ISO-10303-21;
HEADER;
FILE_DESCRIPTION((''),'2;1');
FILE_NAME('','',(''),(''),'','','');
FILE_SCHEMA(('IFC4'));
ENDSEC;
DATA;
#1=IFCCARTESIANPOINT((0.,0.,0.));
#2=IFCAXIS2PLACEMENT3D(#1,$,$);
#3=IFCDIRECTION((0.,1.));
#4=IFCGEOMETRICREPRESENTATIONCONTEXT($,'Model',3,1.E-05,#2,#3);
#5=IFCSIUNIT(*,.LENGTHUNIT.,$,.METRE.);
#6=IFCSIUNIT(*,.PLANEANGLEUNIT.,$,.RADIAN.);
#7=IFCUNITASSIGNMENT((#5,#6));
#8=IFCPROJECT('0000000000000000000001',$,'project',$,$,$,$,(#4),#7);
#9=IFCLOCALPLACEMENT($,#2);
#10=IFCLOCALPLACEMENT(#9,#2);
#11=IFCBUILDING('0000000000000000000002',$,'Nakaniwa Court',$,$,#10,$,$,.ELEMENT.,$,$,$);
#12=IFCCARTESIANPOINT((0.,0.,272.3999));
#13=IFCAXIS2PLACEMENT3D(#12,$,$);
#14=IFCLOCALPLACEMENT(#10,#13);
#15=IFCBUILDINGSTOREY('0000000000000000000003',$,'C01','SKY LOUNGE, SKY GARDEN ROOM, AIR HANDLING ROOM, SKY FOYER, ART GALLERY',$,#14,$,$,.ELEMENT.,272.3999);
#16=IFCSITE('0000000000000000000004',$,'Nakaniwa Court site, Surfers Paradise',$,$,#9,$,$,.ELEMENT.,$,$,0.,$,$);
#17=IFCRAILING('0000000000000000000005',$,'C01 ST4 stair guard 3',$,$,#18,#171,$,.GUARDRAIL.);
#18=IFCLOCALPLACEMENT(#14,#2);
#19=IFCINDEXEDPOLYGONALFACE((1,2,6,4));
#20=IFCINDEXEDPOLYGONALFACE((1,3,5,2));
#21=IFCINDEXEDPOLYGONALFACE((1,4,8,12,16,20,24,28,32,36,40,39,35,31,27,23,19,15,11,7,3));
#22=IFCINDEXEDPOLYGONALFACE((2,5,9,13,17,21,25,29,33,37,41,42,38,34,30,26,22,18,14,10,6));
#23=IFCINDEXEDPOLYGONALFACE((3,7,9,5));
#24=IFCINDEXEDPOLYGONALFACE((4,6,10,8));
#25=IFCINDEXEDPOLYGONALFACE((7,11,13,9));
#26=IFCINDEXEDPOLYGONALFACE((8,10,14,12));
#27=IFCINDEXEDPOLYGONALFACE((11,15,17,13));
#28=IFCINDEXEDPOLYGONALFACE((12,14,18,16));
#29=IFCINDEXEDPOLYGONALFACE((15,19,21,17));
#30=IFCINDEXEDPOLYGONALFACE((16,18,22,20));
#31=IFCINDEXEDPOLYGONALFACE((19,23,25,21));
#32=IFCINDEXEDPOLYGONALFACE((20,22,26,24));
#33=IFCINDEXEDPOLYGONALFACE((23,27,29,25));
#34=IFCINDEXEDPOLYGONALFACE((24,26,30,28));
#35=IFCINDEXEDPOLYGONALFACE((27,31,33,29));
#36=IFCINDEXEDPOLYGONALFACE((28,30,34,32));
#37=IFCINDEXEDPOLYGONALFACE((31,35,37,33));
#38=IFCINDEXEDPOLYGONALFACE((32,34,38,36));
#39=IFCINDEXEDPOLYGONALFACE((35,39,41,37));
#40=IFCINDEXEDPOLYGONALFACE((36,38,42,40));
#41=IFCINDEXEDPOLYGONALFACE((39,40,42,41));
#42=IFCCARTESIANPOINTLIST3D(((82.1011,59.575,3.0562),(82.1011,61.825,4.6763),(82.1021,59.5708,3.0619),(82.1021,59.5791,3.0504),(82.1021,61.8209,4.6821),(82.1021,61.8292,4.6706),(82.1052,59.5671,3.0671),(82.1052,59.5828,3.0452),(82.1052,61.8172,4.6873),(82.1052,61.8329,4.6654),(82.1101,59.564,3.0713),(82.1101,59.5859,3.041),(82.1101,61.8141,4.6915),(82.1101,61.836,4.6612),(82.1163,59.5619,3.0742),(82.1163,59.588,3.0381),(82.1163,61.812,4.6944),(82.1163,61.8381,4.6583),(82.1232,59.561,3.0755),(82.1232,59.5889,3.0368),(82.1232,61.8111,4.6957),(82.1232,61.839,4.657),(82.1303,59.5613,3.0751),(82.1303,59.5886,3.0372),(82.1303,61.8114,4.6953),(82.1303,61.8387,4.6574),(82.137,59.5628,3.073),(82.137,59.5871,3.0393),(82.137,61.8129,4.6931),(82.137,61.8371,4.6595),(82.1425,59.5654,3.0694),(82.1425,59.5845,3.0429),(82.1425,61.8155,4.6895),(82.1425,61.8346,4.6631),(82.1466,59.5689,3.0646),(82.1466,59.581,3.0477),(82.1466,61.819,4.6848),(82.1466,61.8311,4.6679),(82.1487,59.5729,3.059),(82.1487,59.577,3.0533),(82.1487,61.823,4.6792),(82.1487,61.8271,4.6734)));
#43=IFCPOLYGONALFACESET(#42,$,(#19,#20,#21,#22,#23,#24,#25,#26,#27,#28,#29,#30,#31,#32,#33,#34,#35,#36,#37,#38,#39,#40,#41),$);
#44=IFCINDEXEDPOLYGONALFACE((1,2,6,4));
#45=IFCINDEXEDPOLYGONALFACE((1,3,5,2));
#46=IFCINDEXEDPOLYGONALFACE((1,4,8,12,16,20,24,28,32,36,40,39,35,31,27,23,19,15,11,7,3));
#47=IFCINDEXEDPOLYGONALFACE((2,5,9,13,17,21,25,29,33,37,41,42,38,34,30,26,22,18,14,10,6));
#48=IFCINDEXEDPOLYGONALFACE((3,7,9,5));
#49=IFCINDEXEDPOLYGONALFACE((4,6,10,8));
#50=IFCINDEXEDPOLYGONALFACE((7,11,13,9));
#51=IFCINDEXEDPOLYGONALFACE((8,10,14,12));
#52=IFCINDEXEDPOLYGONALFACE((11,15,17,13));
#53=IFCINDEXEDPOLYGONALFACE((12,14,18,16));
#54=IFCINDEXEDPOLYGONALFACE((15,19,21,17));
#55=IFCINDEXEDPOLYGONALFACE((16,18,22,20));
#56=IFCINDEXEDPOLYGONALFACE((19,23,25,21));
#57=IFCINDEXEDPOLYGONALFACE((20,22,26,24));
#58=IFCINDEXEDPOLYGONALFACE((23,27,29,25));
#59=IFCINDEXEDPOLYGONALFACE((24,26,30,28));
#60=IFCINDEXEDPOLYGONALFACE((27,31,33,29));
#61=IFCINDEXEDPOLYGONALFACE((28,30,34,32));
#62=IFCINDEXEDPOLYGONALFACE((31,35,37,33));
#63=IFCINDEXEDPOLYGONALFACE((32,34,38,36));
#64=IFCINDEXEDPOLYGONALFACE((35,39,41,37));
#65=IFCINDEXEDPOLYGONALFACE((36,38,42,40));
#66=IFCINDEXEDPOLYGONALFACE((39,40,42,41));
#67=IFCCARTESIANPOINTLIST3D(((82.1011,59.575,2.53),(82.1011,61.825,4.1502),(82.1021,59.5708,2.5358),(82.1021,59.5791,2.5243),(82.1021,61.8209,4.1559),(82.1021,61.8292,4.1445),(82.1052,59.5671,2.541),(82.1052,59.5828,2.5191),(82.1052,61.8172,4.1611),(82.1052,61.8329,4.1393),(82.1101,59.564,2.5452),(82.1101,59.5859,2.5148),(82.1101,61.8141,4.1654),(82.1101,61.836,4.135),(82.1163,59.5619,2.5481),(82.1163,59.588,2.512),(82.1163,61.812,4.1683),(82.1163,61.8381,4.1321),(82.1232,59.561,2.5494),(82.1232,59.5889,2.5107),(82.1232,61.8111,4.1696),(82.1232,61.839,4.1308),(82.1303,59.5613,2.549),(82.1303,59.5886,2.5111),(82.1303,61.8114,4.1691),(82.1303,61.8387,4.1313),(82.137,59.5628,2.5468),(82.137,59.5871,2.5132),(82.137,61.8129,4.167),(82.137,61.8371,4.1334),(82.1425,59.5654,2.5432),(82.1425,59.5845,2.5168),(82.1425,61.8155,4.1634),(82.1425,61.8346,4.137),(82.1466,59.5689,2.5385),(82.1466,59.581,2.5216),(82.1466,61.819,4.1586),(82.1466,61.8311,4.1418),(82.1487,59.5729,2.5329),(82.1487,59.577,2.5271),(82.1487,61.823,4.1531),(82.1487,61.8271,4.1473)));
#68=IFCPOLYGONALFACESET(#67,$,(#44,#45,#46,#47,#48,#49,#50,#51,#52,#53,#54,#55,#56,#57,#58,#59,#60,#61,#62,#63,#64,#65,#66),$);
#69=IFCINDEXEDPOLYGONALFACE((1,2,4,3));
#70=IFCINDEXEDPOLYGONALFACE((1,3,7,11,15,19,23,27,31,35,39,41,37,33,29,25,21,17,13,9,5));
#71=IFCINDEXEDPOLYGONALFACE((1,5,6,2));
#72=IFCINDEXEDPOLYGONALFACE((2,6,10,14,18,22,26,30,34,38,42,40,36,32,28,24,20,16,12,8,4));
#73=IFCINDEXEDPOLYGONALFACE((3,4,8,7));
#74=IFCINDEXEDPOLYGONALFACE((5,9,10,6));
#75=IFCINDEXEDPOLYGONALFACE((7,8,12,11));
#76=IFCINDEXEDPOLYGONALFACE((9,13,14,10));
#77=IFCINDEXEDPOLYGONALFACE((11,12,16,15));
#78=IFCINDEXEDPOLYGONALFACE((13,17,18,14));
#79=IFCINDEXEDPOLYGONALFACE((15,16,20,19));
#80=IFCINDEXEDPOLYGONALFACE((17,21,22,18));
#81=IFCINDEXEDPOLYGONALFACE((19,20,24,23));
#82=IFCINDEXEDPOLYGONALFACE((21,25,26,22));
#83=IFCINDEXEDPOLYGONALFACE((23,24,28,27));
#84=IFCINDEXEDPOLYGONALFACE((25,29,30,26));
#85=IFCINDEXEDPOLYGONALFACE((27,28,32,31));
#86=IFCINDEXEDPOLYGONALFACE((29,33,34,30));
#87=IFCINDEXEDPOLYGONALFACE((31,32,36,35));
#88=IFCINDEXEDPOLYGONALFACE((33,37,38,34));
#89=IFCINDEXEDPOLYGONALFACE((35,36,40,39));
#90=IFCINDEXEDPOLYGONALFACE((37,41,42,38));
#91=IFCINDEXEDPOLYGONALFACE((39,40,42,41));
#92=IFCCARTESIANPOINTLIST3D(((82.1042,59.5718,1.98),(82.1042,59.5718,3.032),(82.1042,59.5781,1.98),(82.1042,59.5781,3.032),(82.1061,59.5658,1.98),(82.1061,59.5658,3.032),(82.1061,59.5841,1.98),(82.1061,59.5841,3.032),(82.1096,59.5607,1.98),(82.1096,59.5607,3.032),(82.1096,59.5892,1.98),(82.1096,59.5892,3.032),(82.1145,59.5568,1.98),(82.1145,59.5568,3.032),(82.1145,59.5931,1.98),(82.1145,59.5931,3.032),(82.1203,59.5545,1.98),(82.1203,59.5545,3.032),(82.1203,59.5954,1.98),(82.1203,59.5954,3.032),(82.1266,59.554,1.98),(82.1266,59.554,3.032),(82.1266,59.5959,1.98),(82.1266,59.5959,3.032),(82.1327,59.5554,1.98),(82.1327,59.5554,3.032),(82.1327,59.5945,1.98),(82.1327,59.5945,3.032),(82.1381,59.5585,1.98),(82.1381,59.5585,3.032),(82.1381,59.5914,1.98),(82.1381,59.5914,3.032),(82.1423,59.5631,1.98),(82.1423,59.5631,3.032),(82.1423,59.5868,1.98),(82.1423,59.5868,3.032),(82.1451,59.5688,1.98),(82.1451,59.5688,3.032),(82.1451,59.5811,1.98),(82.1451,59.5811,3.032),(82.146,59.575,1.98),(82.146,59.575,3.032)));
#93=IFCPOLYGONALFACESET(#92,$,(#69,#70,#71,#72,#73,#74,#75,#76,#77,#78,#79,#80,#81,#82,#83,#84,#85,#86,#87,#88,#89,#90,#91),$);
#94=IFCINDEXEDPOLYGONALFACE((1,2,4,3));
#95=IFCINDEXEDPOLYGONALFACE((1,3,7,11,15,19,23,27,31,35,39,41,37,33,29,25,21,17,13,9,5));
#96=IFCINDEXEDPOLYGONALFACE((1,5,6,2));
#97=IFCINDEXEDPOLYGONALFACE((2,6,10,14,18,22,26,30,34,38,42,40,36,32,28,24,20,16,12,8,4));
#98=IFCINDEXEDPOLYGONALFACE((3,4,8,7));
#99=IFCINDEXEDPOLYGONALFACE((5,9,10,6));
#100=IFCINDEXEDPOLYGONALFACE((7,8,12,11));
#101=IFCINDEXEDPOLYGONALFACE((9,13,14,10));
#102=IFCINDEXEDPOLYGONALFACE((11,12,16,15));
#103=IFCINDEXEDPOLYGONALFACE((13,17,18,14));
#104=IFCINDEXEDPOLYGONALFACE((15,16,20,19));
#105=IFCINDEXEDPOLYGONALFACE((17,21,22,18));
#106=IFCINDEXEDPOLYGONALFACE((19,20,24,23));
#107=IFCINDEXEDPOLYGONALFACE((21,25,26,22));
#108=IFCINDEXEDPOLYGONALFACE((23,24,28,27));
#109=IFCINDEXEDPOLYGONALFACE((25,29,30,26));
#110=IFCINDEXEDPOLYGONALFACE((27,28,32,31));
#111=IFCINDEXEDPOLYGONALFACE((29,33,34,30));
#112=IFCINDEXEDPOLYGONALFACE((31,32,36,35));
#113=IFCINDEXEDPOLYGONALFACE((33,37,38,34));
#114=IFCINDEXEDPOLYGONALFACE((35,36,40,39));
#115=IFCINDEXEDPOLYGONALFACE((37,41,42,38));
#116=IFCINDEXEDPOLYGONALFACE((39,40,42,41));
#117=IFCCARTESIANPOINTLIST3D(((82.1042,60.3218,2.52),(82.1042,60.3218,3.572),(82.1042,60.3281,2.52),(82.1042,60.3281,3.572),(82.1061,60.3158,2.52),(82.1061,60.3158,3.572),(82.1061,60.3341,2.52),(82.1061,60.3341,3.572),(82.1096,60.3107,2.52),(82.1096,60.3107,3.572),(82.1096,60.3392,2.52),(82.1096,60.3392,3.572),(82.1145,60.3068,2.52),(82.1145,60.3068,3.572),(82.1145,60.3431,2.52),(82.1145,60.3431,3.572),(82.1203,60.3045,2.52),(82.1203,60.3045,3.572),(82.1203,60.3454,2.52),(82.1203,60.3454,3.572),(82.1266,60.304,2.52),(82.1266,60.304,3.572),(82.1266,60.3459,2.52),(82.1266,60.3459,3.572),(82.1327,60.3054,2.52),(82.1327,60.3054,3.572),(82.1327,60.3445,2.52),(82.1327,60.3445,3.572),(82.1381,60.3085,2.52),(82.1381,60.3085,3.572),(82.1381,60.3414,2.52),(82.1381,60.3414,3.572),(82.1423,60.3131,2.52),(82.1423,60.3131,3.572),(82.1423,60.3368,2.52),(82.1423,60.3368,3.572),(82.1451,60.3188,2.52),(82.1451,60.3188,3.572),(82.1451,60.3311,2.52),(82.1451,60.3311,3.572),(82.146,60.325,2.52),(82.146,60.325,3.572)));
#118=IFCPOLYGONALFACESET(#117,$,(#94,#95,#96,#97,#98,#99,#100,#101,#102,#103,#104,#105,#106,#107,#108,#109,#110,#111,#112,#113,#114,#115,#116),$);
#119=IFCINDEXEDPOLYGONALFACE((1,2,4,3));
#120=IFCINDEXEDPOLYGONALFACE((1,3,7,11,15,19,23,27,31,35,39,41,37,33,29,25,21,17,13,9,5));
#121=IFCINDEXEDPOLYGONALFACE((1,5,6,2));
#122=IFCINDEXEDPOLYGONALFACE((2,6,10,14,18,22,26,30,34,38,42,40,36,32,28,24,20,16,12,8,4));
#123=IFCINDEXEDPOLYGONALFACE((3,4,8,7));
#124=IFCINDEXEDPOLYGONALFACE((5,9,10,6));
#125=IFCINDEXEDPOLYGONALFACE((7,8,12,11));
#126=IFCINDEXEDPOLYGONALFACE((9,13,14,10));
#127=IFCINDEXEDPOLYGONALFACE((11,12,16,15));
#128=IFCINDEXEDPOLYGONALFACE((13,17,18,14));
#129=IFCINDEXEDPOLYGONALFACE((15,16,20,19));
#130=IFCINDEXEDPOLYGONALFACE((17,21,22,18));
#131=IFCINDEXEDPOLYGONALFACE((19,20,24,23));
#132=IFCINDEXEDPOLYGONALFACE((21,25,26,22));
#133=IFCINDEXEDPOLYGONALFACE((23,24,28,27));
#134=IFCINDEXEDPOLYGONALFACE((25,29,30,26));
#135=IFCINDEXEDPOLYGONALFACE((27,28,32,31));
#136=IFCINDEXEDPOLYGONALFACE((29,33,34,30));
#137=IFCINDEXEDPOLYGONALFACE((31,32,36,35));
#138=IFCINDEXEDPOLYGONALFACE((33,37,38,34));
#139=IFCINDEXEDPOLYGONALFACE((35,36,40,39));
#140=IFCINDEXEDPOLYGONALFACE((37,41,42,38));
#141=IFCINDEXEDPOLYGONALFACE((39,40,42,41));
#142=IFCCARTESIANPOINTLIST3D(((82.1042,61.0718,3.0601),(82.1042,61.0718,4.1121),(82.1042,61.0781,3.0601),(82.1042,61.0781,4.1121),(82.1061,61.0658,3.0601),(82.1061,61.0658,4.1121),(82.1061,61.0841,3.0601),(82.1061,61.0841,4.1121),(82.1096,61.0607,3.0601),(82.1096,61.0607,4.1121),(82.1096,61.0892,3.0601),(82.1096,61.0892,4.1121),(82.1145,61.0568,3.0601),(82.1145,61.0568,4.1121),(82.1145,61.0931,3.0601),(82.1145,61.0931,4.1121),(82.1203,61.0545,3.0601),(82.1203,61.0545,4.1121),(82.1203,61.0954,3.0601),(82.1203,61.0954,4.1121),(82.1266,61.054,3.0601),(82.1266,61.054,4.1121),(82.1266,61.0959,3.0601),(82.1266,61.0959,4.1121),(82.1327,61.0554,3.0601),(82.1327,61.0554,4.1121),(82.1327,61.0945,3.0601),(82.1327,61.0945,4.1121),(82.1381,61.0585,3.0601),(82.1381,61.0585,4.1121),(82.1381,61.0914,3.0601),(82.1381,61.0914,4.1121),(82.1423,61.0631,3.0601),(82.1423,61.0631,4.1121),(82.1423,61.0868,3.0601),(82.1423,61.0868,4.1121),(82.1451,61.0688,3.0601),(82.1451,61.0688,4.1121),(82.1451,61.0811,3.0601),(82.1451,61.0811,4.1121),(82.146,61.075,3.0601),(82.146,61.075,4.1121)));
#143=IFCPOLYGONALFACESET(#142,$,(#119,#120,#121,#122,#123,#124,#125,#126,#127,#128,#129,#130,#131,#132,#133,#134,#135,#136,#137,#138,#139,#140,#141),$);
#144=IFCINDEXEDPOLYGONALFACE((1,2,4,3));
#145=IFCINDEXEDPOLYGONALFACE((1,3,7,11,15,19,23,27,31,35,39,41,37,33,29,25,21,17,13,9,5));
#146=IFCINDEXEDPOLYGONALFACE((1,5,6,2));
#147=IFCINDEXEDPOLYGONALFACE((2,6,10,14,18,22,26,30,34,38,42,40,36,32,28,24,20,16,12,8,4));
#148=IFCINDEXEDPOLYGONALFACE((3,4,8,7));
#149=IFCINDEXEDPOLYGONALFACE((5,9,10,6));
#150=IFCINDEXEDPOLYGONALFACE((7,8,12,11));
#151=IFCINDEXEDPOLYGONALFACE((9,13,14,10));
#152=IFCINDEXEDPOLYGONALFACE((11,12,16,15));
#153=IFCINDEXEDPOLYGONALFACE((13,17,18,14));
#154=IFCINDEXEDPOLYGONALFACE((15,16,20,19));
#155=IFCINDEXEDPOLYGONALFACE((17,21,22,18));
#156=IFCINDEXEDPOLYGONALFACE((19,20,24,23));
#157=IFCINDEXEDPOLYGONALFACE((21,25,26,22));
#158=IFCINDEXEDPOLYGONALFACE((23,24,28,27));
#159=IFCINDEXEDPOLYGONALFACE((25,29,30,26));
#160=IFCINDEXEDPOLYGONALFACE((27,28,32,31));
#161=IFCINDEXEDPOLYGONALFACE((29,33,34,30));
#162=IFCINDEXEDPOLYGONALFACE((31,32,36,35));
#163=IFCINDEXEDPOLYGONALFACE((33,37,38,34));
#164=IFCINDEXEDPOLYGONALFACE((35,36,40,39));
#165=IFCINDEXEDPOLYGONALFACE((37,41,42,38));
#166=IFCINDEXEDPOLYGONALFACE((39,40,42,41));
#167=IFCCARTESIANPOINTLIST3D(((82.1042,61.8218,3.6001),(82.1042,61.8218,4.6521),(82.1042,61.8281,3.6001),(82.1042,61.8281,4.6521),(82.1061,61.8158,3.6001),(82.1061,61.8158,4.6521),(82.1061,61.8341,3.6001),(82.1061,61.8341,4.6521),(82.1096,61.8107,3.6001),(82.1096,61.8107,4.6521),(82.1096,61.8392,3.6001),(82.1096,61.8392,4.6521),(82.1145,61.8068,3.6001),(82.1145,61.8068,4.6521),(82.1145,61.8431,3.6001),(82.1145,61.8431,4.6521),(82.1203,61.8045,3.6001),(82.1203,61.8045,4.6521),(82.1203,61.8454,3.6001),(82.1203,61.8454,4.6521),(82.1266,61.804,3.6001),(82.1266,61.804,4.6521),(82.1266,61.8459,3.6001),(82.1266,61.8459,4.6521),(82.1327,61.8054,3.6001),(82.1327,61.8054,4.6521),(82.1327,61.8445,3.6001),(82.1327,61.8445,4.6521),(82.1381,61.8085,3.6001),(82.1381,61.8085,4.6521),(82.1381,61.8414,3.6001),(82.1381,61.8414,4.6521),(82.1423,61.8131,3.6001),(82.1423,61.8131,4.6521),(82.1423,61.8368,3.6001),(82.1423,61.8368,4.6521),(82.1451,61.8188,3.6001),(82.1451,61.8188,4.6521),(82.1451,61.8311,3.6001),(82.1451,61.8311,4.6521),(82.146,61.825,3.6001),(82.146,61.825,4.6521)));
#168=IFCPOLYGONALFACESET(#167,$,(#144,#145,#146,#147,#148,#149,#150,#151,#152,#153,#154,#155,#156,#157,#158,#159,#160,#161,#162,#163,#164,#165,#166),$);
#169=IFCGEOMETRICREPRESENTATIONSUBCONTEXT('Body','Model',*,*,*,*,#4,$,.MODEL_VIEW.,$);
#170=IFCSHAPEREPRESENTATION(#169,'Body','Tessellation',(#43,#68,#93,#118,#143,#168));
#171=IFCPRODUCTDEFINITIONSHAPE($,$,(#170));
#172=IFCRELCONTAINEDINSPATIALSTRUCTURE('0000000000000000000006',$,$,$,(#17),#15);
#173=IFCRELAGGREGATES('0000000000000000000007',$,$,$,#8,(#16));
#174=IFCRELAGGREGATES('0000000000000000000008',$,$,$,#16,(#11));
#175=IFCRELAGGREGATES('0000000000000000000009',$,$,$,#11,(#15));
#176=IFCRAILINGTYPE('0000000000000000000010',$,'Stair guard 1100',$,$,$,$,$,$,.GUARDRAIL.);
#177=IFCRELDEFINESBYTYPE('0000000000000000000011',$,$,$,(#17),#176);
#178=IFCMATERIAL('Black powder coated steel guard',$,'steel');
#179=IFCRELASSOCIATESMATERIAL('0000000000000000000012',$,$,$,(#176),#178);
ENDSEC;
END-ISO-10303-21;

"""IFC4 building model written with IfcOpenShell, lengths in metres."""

from ifc_helpers import new_model, si_unit, direction, frame, origin, origin_2d, place, context, subcontext, project, spatial, circle, extrude, material, type_object, element, save


model = new_model("IFC4")

# Units and contexts
model_context = context("Model", 3, precision=1e-05, world=origin(), true_north=direction((0.0, 1.0)))
body_context = subcontext(model_context, "Body", "Model", "MODEL_VIEW")
ifc_project = project(units=[si_unit("LENGTHUNIT", "METRE"), si_unit("PLANEANGLEUNIT", "RADIAN")], contexts=[model_context])

# Site, building, storey
site_placement = place(None, origin())
site = spatial("IfcSite", under=ifc_project, at=site_placement, Name="Nakaniwa Court site, Surfers Paradise", CompositionType="ELEMENT", RefElevation=0.0)
building_placement = place(site_placement, origin())
building = spatial("IfcBuilding", under=site, at=building_placement, Name="Nakaniwa Court", CompositionType="ELEMENT")
storey_placement = place(building_placement, frame((0.0, 0.0, 272.3999)))
storey = spatial("IfcBuildingStorey", under=building, at=storey_placement, Name="C01", Description="SKY LOUNGE, SKY GARDEN ROOM, AIR HANDLING ROOM, SKY FOYER, ART GALLERY", CompositionType="ELEMENT", Elevation=272.3999)

# Railing
ifc_material_1 = material(Name="Black powder coated steel guard", Category="steel")
railing_type_1 = type_object("IfcRailingType", Name="Stair guard 1100", PredefinedType="GUARDRAIL", material=ifc_material_1)
railing_1_placement = place(storey_placement, frame((82.125, 59.575, 1.98)))
element("IfcRailing", 1, at=railing_1_placement, inside=storey, type_object=railing_type_1, Name="C01 ST4 stair guard 3", PredefinedType="GUARDRAIL", context=body_context, shape_type="SweptSolid", body=[
    extrude(circle(Radius=0.0239, at=origin_2d()), frame((0.0, 0.0, 1.0762), z_axis=(0.0, 0.811514, 0.584333), x_axis=(-1.0, 0.0, 0.0)), (0.0, 0.0, 1.0), 2.7727),
    extrude(circle(Radius=0.0239, at=origin_2d()), frame((0.0, 0.0, 0.55), z_axis=(0.0, 0.811514, 0.584333), x_axis=(-1.0, 0.0, 0.0)), (0.0, 0.0, 1.0), 2.7727),
    extrude(circle(Radius=0.021, at=origin_2d()), origin(), (0.0, 0.0, 1.0), 1.052),
    extrude(circle(Radius=0.021, at=origin_2d()), frame((0.0, 0.75, 0.54)), (0.0, 0.0, 1.0), 1.052),
    extrude(circle(Radius=0.021, at=origin_2d()), frame((0.0, 1.5, 1.0801)), (0.0, 0.0, 1.0), 1.052),
    extrude(circle(Radius=0.021, at=origin_2d()), frame((0.0, 2.25, 1.6201)), (0.0, 0.0, 1.0), 1.052),
])

save(model, "model.ifc")
